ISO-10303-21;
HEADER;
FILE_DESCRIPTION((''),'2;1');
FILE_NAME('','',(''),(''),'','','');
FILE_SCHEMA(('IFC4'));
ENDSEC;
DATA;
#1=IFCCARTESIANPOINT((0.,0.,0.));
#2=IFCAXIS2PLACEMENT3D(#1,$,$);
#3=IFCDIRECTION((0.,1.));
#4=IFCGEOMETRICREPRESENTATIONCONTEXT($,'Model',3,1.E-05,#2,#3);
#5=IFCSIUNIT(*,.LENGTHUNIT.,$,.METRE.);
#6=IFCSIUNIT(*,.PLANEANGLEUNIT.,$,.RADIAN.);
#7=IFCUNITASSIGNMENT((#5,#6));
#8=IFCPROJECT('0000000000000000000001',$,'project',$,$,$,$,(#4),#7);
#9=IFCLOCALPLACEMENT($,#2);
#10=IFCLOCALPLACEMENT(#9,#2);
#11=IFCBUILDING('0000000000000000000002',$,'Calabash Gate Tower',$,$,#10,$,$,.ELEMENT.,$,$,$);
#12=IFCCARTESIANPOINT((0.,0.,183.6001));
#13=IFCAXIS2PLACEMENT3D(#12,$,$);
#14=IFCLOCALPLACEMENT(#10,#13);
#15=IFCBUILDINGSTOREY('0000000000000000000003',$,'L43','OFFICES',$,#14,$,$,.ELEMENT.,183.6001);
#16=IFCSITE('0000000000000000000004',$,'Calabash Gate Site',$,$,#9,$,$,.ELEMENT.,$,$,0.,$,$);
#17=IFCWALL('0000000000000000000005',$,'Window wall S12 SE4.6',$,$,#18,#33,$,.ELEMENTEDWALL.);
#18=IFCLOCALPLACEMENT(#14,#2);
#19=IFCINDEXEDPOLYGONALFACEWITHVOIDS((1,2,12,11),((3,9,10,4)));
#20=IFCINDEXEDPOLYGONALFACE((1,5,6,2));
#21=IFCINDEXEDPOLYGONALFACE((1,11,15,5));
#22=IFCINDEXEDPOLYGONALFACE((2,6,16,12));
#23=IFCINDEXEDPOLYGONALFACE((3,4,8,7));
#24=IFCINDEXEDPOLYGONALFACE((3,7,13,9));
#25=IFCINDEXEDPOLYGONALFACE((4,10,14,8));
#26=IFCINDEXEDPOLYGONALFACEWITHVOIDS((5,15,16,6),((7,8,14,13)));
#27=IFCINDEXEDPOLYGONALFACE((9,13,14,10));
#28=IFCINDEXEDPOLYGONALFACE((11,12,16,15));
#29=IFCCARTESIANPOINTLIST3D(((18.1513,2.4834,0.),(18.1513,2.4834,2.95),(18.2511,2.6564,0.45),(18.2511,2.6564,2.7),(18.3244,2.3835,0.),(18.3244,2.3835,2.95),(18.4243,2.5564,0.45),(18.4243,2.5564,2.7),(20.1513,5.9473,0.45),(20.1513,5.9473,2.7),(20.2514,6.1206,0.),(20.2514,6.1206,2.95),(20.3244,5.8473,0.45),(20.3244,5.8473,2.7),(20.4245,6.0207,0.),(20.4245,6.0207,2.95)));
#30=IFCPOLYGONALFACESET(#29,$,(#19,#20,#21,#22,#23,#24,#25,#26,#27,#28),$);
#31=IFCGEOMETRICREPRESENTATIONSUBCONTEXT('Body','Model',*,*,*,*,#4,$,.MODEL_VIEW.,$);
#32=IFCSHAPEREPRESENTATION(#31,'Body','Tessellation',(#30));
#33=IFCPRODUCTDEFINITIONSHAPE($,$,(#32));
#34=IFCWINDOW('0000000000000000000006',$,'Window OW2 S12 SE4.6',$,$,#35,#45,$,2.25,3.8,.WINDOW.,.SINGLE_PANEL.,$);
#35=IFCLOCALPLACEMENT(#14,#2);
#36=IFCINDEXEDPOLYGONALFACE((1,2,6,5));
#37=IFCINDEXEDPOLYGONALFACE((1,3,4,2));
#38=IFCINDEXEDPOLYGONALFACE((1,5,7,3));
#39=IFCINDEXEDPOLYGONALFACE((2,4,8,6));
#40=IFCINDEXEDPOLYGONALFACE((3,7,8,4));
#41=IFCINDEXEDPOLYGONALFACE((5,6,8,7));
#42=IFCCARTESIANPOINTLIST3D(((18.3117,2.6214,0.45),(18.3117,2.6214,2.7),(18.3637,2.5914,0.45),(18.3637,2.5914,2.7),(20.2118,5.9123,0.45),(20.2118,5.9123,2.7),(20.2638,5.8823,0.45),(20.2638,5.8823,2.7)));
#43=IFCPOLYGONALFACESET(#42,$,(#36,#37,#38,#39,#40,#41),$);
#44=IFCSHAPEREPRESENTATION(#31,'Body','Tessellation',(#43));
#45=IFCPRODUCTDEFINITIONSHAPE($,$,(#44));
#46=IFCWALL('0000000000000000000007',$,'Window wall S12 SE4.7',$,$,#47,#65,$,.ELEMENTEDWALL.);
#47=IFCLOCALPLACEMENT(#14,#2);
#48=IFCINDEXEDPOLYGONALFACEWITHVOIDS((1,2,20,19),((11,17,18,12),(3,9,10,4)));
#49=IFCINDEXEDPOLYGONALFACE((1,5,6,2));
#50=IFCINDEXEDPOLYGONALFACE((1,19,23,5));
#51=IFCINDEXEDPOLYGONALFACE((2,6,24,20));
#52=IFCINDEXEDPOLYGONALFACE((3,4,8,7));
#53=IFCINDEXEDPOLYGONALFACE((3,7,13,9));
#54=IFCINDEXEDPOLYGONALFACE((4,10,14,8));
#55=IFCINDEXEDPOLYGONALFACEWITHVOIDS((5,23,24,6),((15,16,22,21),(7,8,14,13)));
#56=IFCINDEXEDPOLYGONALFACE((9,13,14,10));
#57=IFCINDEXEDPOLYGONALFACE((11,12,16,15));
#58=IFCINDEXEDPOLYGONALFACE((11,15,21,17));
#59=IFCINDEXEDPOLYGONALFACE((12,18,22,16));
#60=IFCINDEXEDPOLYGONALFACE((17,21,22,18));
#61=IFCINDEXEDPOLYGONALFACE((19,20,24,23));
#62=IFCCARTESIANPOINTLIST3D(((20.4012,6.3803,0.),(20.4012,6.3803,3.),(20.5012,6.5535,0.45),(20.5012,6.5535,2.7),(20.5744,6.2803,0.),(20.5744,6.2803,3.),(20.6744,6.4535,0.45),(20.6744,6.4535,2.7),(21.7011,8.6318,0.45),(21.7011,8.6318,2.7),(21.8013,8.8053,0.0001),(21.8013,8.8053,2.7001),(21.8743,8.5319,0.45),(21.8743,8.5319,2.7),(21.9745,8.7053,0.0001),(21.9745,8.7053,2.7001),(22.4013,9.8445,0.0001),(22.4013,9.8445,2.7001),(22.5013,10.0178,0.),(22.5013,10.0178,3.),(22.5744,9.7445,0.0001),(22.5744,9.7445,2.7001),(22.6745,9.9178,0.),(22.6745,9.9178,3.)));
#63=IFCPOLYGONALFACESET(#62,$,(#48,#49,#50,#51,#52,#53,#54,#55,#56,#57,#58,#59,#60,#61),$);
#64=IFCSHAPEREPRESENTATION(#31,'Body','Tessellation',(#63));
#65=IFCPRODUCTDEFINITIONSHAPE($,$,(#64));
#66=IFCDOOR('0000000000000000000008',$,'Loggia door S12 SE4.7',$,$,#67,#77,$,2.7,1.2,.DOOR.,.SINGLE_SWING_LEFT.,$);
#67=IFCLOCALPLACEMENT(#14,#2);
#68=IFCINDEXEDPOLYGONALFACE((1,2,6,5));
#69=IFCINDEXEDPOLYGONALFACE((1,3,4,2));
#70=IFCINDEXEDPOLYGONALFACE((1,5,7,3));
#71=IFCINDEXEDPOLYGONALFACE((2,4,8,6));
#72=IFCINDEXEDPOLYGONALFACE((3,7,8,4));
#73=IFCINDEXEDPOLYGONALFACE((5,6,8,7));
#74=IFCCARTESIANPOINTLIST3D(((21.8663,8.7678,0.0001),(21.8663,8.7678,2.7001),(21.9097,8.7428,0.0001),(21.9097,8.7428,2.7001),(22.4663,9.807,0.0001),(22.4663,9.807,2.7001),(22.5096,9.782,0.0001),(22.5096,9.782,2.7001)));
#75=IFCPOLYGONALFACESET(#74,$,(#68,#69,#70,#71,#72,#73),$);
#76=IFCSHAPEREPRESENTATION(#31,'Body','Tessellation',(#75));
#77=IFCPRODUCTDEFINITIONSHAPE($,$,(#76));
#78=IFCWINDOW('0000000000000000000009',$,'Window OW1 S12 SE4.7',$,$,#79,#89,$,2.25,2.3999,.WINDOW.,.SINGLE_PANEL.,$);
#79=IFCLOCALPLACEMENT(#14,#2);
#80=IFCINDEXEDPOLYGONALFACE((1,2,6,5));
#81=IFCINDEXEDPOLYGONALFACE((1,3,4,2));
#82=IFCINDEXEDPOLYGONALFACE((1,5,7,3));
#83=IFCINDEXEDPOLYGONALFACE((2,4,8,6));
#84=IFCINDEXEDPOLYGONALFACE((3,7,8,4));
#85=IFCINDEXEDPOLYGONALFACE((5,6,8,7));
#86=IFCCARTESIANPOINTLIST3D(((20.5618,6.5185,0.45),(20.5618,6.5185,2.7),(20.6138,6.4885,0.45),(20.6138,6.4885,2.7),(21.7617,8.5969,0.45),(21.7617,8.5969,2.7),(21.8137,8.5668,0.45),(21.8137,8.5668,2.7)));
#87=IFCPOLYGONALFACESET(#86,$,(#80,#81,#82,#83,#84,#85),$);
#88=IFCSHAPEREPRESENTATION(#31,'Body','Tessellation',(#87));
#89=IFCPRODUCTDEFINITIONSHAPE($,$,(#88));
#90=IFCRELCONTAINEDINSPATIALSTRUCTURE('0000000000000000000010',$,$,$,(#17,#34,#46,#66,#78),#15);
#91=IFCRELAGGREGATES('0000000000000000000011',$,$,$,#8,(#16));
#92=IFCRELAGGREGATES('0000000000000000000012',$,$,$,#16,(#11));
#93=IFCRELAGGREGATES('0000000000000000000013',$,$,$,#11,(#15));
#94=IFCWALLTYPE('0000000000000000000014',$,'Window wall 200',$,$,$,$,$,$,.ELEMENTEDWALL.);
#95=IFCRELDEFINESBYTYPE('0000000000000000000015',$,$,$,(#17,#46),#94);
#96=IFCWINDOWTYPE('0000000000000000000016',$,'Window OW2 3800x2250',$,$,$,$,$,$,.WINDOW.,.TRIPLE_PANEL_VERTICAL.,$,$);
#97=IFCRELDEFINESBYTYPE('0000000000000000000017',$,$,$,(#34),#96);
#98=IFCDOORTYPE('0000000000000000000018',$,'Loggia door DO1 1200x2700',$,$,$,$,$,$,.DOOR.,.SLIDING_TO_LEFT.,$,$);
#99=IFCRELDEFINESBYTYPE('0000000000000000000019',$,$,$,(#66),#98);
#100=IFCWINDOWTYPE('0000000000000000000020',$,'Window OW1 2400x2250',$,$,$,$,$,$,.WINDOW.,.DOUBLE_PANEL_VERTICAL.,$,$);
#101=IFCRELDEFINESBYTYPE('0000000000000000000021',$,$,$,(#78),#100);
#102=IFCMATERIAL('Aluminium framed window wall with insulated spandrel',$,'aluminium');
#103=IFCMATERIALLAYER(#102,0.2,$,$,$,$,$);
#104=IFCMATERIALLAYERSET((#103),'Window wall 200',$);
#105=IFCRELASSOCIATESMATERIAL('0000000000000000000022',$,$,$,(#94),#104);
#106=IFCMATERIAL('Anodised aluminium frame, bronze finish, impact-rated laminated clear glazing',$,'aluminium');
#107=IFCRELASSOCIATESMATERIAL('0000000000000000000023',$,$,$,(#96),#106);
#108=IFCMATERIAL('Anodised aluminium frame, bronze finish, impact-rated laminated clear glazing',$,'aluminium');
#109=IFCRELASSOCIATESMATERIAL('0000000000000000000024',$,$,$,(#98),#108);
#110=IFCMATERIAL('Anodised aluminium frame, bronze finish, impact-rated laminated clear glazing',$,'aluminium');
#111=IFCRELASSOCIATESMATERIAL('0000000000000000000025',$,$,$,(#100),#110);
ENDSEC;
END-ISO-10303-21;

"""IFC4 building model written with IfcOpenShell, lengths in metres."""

from ifc_helpers import new_model, si_unit, direction, frame, frame_2d, origin, place, context, subcontext, project, spatial, rectangle, extrude, material, layer, layer_set, type_object, element, fill, save


model = new_model("IFC4")

# Units and contexts
model_context = context("Model", 3, precision=1e-05, world=origin(), true_north=direction((0.0, 1.0)))
body_context = subcontext(model_context, "Body", "Model", "MODEL_VIEW")
ifc_project = project(units=[si_unit("LENGTHUNIT", "METRE"), si_unit("PLANEANGLEUNIT", "RADIAN")], contexts=[model_context])

# Site, building, storey
site_placement = place(None, origin())
site = spatial("IfcSite", under=ifc_project, at=site_placement, Name="Calabash Gate Site", CompositionType="ELEMENT", RefElevation=0.0)
building_placement = place(site_placement, origin())
building = spatial("IfcBuilding", under=site, at=building_placement, Name="Calabash Gate Tower", CompositionType="ELEMENT")
storey_placement = place(building_placement, frame((0.0, 0.0, 183.6001)))
storey = spatial("IfcBuildingStorey", under=building, at=storey_placement, Name="L43", Description="OFFICES", CompositionType="ELEMENT", Elevation=183.6001)

# Wall, opening, window
ifc_material_1 = material(Name="Aluminium framed window wall with insulated spandrel", Category="aluminium")
ifc_layer_1 = layer(ifc_material_1, 0.2)
ifc_layer_set_1 = layer_set([ifc_layer_1], Name="Window wall 200")
wall_type_1 = type_object("IfcWallType", Name="Window wall 200", PredefinedType="ELEMENTEDWALL", material=ifc_layer_set_1)
wall_1_placement = place(storey_placement, frame((18.2378, 2.4333, 0.0), z_axis=(0.0, 0.0, 1.0), x_axis=(0.500028, 0.866009, 0.0)))
wall_1 = element("IfcWall", 1, at=wall_1_placement, inside=storey, type_object=wall_type_1, Name="Window wall S12 SE4.6", PredefinedType="ELEMENTEDWALL", context=body_context, shape_type="SweptSolid", body=[
    extrude(rectangle(XDim=4.2, YDim=0.2, at=frame_2d((2.1001, 0.0))), origin(), (0.0, 0.0, 1.0), 2.95),
])
opening_1_placement = place(wall_1_placement, frame((0.2, 0.0, 0.45)))
opening_1 = element("IfcOpeningElement", 2, at=opening_1_placement, cuts=wall_1, PredefinedType="OPENING", context=body_context, shape_type="SweptSolid", body=[
    extrude(rectangle(XDim=3.8, YDim=2.25, at=frame_2d((1.8999, 1.125))), frame((0.0, 0.1099, 0.0), z_axis=(0.0, -1.0, 0.0), x_axis=(1.0, 0.0, 0.0)), (0.0, 0.0, 1.0), 0.22),
])
ifc_material_2 = material(Name="Anodised aluminium frame, bronze finish, impact-rated laminated clear glazing", Category="aluminium")
window_type_1 = type_object("IfcWindowType", Name="Window OW2 3800x2250", PartitioningType="TRIPLE_PANEL_VERTICAL", PredefinedType="WINDOW", material=ifc_material_2)
window_1_placement = place(opening_1_placement, origin())
window_1 = element("IfcWindow", 3, at=window_1_placement, inside=storey, type_object=window_type_1, Name="Window OW2 S12 SE4.6", OverallHeight=2.25, OverallWidth=3.8, PartitioningType="SINGLE_PANEL", PredefinedType="WINDOW", context=body_context, shape_type="SweptSolid", body=[
    extrude(rectangle(XDim=3.8, YDim=2.25, at=frame_2d((1.8999, 1.125))), frame((0.0, 0.03, 0.0), z_axis=(0.0, -1.0, 0.0), x_axis=(1.0, 0.0, 0.0)), (0.0, 0.0, 1.0), 0.0601),
])
fill(opening_1, window_1)

# Wall, openings, door, window
wall_2_placement = place(storey_placement, frame((20.4878, 6.3303, 0.0), z_axis=(0.0, 0.0, 1.0), x_axis=(0.500003, 0.866024, 0.0)))
wall_2 = element("IfcWall", 4, at=wall_2_placement, inside=storey, type_object=wall_type_1, Name="Window wall S12 SE4.7", PredefinedType="ELEMENTEDWALL", context=body_context, shape_type="SweptSolid", body=[
    extrude(rectangle(XDim=4.2002, YDim=0.2, at=frame_2d((2.1001, 0.0))), origin(), (0.0, 0.0, 1.0), 3.0),
])
opening_2_placement = place(wall_2_placement, frame((0.2, 0.0, 0.45)))
opening_2 = element("IfcOpeningElement", 5, at=opening_2_placement, cuts=wall_2, PredefinedType="OPENING", context=body_context, shape_type="SweptSolid", body=[
    extrude(rectangle(XDim=2.3999, YDim=2.25, at=frame_2d((1.2, 1.125))), frame((0.0, 0.1099, 0.0), z_axis=(0.0, -1.0, 0.0), x_axis=(1.0, 0.0, 0.0)), (0.0, 0.0, 1.0), 0.22),
])
opening_3_placement = place(wall_2_placement, frame((2.8, 0.0, 0.0)))
opening_3 = element("IfcOpeningElement", 6, at=opening_3_placement, cuts=wall_2, PredefinedType="OPENING", context=body_context, shape_type="SweptSolid", body=[
    extrude(rectangle(XDim=1.2, YDim=2.7, at=frame_2d((0.6001, 1.3501))), frame((0.0, 0.1099, 0.0), z_axis=(0.0, -1.0, 0.0), x_axis=(1.0, 0.0, 0.0)), (0.0, 0.0, 1.0), 0.22),
])
ifc_material_3 = material(Name="Anodised aluminium frame, bronze finish, impact-rated laminated clear glazing", Category="aluminium")
door_type_1 = type_object("IfcDoorType", Name="Loggia door DO1 1200x2700", OperationType="SLIDING_TO_LEFT", PredefinedType="DOOR", material=ifc_material_3)
door_1_placement = place(opening_3_placement, origin())
door_1 = element("IfcDoor", 7, at=door_1_placement, inside=storey, type_object=door_type_1, Name="Loggia door S12 SE4.7", OperationType="SINGLE_SWING_LEFT", OverallHeight=2.7, OverallWidth=1.2, PredefinedType="DOOR", context=body_context, shape_type="SweptSolid", body=[
    extrude(rectangle(XDim=1.2, YDim=2.7, at=frame_2d((0.6001, 1.3501))), frame((0.0, 0.0249, 0.0), z_axis=(0.0, -1.0, 0.0), x_axis=(1.0, 0.0, 0.0)), (0.0, 0.0, 1.0), 0.05),
])
fill(opening_3, door_1)
ifc_material_4 = material(Name="Anodised aluminium frame, bronze finish, impact-rated laminated clear glazing", Category="aluminium")
window_type_2 = type_object("IfcWindowType", Name="Window OW1 2400x2250", PartitioningType="DOUBLE_PANEL_VERTICAL", PredefinedType="WINDOW", material=ifc_material_4)
window_2_placement = place(opening_2_placement, origin())
window_2 = element("IfcWindow", 8, at=window_2_placement, inside=storey, type_object=window_type_2, Name="Window OW1 S12 SE4.7", OverallHeight=2.25, OverallWidth=2.3999, PartitioningType="SINGLE_PANEL", PredefinedType="WINDOW", context=body_context, shape_type="SweptSolid", body=[
    extrude(rectangle(XDim=2.3999, YDim=2.25, at=frame_2d((1.2, 1.125))), frame((0.0, 0.03, 0.0), z_axis=(0.0, -1.0, 0.0), x_axis=(1.0, 0.0, 0.0)), (0.0, 0.0, 1.0), 0.0601),
])
fill(opening_2, window_2)

save(model, "model.ifc")
